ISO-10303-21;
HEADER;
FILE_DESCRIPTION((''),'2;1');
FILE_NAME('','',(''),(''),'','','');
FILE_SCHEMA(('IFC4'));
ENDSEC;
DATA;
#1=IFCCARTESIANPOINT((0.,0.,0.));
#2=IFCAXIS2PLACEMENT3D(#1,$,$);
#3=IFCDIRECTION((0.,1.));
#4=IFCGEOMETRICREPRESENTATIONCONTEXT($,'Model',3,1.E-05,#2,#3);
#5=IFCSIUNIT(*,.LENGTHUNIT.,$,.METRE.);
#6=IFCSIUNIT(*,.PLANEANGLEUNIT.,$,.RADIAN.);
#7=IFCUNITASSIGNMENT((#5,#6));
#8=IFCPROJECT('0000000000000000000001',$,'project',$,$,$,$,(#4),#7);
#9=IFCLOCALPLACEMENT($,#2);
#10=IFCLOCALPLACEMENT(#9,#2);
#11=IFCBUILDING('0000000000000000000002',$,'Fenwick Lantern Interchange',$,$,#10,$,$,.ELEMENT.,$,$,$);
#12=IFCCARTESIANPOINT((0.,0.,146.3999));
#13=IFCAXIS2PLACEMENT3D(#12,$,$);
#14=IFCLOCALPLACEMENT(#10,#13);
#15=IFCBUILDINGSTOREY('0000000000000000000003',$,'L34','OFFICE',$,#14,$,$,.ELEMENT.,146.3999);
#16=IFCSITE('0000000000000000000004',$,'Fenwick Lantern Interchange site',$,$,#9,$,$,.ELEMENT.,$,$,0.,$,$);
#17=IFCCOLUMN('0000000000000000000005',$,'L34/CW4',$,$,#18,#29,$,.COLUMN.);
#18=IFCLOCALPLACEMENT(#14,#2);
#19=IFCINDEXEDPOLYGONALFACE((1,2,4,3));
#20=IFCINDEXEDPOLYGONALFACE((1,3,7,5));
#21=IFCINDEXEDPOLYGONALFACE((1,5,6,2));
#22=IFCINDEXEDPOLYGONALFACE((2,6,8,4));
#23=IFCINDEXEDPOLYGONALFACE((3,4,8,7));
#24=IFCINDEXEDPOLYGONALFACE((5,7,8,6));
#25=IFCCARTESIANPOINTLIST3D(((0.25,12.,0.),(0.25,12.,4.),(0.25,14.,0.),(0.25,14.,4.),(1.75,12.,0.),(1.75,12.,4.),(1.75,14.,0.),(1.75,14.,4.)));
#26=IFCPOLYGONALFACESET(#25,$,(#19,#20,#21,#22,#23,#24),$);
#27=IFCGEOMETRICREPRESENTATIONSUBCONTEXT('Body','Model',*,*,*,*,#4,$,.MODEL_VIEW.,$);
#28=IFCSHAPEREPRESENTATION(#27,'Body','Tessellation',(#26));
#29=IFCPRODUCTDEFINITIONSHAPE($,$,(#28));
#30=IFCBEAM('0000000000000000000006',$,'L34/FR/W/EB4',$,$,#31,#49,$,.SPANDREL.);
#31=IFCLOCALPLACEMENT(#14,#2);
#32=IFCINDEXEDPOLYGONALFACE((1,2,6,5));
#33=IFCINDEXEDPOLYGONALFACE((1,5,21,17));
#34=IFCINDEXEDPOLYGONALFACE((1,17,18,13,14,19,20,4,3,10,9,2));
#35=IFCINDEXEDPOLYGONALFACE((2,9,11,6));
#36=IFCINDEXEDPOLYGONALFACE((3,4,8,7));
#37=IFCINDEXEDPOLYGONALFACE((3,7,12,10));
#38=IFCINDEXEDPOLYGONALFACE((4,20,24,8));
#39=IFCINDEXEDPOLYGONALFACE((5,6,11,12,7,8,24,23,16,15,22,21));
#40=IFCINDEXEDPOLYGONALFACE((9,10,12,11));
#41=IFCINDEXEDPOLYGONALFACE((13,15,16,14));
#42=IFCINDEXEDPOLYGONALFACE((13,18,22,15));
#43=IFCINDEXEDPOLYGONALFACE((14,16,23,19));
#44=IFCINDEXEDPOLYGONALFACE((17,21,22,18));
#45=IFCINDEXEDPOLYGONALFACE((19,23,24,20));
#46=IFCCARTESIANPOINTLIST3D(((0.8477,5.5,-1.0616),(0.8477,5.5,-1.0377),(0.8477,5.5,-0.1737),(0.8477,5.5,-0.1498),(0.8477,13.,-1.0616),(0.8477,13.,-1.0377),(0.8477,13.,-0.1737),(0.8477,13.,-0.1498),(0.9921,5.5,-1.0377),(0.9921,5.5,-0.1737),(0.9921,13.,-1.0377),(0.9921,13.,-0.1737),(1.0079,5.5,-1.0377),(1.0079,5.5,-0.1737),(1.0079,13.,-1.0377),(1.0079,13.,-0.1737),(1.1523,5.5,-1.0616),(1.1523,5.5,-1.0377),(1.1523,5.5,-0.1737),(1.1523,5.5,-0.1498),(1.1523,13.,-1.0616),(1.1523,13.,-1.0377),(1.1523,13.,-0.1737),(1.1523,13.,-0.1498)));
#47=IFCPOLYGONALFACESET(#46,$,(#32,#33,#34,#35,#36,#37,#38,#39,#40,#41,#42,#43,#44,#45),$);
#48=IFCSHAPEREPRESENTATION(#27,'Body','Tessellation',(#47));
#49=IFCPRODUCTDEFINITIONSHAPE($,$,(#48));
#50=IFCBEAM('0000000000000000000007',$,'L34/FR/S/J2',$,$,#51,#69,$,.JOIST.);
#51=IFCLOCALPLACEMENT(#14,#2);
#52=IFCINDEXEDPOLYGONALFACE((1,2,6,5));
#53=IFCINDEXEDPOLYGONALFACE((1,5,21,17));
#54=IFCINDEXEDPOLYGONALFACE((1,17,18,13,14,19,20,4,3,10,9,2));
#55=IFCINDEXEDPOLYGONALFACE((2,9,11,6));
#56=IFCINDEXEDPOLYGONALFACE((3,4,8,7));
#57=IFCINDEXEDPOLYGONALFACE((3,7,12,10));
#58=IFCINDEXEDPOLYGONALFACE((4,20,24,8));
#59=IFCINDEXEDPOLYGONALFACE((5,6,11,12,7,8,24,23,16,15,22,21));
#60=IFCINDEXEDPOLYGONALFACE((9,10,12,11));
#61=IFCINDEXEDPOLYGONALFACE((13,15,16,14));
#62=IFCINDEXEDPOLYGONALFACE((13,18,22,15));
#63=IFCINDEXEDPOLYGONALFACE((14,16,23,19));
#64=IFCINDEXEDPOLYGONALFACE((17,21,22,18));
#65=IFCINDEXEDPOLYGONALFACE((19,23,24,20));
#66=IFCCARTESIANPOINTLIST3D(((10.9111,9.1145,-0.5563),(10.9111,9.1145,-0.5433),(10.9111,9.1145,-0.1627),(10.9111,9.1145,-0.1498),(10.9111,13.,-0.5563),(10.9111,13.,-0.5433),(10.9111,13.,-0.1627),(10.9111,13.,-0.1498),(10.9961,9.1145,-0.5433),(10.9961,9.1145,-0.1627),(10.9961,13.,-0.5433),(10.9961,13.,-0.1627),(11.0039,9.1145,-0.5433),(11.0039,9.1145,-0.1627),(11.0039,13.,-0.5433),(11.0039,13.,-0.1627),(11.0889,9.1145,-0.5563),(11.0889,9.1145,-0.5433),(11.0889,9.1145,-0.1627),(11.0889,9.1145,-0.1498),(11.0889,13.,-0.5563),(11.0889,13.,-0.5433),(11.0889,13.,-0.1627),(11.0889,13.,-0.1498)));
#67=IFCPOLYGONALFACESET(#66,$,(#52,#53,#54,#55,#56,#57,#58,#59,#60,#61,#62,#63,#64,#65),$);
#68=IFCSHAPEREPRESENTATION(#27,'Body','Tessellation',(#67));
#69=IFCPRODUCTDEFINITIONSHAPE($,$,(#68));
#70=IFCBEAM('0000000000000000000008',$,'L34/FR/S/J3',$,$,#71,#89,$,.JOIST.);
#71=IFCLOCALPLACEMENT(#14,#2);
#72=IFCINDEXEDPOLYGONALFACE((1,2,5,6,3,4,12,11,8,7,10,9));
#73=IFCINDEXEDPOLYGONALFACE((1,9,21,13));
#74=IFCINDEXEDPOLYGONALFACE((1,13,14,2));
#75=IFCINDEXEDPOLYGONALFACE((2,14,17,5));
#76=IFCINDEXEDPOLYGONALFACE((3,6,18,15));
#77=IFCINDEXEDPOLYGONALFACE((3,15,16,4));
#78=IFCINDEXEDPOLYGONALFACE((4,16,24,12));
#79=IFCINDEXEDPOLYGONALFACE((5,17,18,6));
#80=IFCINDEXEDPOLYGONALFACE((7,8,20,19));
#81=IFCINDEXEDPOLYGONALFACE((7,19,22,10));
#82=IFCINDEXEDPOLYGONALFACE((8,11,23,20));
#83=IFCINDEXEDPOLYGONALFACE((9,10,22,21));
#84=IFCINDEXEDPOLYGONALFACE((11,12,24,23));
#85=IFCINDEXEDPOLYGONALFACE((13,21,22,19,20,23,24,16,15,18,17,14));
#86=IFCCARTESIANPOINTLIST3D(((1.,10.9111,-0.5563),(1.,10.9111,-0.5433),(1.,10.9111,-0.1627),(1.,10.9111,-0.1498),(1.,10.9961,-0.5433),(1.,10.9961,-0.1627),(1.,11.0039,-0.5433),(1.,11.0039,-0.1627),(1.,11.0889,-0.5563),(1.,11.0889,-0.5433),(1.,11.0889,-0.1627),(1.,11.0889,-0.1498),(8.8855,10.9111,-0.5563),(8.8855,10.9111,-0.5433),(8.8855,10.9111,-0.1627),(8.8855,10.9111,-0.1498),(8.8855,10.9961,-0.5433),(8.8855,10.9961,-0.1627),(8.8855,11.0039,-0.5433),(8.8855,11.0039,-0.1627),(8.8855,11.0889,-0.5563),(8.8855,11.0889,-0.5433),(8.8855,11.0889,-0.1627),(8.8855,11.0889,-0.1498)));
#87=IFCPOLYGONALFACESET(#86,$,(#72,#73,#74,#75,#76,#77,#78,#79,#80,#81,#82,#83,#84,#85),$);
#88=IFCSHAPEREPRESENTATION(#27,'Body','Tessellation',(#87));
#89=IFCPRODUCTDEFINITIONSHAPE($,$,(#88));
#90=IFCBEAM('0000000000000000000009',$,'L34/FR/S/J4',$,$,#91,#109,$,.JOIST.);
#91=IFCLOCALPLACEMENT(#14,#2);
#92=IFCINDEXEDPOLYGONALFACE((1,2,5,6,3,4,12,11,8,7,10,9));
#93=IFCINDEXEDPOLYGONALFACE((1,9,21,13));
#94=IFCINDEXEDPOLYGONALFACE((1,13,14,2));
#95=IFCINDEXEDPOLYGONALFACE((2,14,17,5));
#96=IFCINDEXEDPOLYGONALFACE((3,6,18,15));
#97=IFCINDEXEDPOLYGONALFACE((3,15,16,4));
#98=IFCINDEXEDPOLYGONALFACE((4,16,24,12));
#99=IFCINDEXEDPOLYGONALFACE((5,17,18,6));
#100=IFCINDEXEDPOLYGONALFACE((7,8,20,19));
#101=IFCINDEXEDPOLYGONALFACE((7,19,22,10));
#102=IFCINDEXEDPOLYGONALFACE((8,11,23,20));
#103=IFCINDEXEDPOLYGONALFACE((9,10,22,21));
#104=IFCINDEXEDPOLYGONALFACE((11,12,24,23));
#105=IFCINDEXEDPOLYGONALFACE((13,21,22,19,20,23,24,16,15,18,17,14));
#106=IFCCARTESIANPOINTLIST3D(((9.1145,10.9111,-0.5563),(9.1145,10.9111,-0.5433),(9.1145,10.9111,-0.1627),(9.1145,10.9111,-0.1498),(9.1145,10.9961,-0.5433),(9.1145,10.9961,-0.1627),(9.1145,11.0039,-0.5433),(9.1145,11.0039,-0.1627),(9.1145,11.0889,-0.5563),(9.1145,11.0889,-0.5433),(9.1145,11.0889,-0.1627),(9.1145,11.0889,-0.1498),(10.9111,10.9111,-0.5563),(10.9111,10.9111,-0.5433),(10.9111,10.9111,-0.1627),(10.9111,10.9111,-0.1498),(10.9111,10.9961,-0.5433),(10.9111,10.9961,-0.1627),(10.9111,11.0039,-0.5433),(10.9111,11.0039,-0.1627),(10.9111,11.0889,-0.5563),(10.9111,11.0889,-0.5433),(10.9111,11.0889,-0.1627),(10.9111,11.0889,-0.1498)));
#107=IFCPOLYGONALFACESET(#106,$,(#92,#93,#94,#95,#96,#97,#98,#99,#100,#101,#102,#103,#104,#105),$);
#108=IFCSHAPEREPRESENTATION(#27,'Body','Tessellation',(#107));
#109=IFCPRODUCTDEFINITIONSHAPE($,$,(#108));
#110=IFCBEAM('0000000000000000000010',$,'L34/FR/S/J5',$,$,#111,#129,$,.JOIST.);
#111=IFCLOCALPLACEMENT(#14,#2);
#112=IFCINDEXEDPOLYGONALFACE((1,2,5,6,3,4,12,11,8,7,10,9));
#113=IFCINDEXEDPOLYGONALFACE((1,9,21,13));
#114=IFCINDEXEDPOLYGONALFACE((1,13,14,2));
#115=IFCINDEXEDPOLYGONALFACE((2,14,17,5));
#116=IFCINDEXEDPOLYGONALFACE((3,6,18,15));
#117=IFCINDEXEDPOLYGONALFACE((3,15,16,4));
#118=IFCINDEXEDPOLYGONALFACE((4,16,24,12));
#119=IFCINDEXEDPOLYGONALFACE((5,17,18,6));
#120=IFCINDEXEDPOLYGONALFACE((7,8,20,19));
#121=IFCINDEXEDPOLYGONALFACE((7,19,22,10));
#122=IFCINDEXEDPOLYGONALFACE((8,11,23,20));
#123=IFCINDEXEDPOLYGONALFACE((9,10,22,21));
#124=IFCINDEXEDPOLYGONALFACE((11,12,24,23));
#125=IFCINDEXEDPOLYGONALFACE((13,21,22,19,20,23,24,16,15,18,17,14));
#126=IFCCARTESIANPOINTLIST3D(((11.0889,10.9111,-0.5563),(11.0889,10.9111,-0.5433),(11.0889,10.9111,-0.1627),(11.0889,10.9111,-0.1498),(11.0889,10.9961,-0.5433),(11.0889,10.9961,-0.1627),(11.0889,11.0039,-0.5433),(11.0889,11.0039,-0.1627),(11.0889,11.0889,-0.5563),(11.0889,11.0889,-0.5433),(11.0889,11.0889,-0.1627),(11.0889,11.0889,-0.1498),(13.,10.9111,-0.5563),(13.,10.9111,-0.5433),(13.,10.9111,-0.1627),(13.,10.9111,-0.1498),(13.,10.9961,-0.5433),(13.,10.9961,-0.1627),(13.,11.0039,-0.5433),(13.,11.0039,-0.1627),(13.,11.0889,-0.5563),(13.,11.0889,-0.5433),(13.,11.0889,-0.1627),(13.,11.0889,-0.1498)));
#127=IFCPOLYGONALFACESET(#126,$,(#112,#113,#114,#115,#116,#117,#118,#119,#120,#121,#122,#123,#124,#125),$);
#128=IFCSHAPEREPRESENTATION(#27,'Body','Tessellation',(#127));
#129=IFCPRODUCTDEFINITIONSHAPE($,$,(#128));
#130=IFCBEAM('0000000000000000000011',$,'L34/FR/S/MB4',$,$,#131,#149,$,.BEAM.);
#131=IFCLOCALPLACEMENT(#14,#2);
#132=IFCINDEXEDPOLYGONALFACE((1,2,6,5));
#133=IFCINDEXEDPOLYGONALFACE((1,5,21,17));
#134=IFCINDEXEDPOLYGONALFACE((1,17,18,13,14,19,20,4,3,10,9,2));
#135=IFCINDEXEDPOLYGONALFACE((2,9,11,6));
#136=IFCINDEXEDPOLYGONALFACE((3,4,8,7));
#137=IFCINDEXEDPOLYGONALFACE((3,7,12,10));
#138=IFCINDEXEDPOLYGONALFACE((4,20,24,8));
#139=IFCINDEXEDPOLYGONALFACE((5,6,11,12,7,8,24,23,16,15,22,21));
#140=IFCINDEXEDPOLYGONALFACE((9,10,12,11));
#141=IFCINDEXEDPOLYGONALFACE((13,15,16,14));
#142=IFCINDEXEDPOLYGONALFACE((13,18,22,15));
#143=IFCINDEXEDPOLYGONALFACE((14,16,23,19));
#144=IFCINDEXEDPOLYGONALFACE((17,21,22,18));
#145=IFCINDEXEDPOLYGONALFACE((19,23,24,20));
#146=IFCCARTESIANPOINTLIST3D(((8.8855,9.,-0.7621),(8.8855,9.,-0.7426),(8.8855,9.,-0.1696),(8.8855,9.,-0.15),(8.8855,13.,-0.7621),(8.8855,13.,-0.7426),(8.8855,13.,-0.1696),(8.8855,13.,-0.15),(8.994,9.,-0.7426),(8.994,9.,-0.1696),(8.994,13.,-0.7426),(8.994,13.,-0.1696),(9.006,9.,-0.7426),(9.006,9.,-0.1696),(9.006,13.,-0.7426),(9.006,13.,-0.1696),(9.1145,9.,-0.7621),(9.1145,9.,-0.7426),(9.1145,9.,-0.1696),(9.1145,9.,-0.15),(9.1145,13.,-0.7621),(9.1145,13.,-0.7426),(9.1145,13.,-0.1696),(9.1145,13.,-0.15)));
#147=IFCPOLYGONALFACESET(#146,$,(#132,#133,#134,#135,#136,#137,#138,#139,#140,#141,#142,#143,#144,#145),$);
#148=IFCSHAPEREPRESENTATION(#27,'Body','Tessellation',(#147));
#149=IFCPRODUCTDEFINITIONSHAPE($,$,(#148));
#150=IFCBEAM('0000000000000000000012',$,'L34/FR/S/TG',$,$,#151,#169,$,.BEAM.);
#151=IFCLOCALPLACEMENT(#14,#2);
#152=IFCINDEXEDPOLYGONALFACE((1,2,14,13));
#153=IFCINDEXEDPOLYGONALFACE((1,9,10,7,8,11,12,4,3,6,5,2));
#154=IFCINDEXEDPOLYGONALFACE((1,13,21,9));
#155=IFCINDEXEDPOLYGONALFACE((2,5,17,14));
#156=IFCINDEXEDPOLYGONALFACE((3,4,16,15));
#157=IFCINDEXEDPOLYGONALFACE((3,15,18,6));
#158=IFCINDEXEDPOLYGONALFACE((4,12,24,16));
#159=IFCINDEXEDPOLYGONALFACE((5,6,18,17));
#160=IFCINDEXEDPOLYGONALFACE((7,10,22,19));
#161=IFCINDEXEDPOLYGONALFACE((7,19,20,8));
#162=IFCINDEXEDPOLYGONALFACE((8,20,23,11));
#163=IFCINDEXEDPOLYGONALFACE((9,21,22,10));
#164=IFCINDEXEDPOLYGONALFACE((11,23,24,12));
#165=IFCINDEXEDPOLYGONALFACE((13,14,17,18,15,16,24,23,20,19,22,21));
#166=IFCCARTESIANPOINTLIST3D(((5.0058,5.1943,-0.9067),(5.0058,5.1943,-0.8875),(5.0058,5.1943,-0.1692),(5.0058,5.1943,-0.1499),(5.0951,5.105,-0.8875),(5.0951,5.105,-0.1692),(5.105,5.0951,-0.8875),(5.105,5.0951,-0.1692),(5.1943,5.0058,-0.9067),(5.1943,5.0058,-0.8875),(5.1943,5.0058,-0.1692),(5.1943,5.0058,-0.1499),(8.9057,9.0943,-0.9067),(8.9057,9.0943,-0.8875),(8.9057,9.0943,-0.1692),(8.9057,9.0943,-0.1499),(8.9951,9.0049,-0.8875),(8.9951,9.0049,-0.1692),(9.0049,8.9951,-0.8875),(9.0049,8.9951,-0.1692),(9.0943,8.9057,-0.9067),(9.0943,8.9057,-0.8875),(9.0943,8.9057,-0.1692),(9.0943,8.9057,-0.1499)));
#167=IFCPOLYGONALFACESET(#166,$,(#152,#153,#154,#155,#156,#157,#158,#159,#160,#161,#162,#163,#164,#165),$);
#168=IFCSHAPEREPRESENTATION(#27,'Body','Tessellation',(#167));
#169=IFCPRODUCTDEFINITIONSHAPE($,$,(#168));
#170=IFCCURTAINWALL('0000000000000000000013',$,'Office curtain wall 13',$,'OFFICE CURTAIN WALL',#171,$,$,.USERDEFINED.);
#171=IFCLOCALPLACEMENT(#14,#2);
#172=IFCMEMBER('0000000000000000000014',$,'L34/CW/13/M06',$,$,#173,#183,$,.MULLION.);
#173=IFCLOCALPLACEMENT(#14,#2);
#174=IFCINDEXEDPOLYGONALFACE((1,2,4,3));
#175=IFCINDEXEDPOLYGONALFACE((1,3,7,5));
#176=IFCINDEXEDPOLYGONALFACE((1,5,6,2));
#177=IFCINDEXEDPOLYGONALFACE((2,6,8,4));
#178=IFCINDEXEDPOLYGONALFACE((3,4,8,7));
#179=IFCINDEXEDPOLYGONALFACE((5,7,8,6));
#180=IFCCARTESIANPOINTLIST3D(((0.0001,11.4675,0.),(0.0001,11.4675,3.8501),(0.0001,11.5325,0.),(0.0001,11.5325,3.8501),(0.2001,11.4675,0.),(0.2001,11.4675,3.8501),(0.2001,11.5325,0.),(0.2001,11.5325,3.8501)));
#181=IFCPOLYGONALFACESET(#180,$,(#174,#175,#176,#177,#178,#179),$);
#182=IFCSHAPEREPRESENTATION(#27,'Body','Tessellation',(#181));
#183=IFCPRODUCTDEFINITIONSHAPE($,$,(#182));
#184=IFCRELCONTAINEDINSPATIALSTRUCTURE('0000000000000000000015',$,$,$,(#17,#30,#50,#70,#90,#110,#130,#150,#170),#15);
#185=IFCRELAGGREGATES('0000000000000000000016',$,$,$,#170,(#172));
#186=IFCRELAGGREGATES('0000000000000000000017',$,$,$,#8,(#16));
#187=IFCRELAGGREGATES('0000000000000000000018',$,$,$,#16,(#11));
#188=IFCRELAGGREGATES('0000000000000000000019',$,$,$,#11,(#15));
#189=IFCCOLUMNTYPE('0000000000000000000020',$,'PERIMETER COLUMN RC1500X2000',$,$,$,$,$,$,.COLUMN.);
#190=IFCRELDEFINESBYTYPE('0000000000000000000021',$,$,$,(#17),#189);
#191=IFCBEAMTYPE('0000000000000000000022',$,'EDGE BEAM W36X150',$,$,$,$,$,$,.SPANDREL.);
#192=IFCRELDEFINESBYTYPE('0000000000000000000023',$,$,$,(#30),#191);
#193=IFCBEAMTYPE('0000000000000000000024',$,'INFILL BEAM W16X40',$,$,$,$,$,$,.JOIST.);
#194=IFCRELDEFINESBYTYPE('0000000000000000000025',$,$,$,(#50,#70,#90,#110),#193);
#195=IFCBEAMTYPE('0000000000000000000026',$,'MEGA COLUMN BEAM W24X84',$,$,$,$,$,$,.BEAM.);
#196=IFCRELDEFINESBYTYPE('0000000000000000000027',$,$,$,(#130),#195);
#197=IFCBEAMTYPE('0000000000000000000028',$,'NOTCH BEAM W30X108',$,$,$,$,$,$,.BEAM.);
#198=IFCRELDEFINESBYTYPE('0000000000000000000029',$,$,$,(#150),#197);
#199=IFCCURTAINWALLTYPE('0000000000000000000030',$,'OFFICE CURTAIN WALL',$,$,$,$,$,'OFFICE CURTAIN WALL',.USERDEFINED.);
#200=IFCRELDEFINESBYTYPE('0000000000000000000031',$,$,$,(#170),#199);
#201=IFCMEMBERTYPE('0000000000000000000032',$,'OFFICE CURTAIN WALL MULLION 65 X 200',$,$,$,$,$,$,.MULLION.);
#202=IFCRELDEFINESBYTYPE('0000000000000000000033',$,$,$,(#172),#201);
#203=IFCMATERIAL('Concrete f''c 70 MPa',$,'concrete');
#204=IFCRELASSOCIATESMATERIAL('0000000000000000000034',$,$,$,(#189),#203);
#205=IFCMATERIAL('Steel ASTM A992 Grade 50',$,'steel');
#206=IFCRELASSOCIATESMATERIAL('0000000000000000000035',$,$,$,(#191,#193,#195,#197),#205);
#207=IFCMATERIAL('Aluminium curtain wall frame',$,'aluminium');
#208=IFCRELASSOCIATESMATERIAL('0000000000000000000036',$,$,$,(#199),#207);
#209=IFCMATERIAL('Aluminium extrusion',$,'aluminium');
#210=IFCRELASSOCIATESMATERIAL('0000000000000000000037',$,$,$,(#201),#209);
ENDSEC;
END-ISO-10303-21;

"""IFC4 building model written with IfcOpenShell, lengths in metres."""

from ifc_helpers import new_model, si_unit, direction, frame, origin, origin_2d, place, context, subcontext, project, spatial, rectangle, i_section, extrude, material, material_profile, profile_set, type_object, element, aggregate, save


model = new_model("IFC4")

# Units and contexts
model_context = context("Model", 3, precision=1e-05, world=origin(), true_north=direction((0.0, 1.0)))
body_context = subcontext(model_context, "Body", "Model", "MODEL_VIEW")
ifc_project = project(units=[si_unit("LENGTHUNIT", "METRE"), si_unit("PLANEANGLEUNIT", "RADIAN")], contexts=[model_context])

# Site, building, storey
site_placement = place(None, origin())
site = spatial("IfcSite", under=ifc_project, at=site_placement, Name="Fenwick Lantern Interchange site", CompositionType="ELEMENT", RefElevation=0.0)
building_placement = place(site_placement, origin())
building = spatial("IfcBuilding", under=site, at=building_placement, Name="Fenwick Lantern Interchange", CompositionType="ELEMENT")
storey_placement = place(building_placement, frame((0.0, 0.0, 146.3999)))
storey = spatial("IfcBuildingStorey", under=building, at=storey_placement, Name="L34", Description="OFFICE", CompositionType="ELEMENT", Elevation=146.3999)

# Column
ifc_material_1 = material(Name="Concrete f'c 70 MPa", Category="concrete")
ifc_material_profile_1 = material_profile(ifc_material_1, rectangle(XDim=1.5, YDim=2.0, at=origin_2d()), Name="RC1500X2000")
ifc_profile_set_1 = profile_set([ifc_material_profile_1], Name="Concrete f'c 70 MPa")
column_type = type_object("IfcColumnType", Name="PERIMETER COLUMN RC1500X2000", PredefinedType="COLUMN", material=ifc_profile_set_1)
column_placement = place(storey_placement, frame((1.0, 13.0, 0.0), z_axis=(0.0, 0.0, 1.0), x_axis=(1.0, 0.0, 0.0)))
element("IfcColumn", 1, at=column_placement, inside=storey, type_object=column_type, Name="L34/CW4", PredefinedType="COLUMN", context=body_context, shape_type="SweptSolid", body=[
    extrude(rectangle(XDim=1.5, YDim=2.0, at=origin_2d()), origin(), (0.0, 0.0, 1.0), 4.0),
])

# Beams
ifc_material_2 = material(Name="Steel ASTM A992 Grade 50", Category="steel")
ifc_material_profile_2 = material_profile(ifc_material_2, i_section(OverallWidth=0.3047, OverallDepth=0.9119, WebThickness=0.0159, FlangeThickness=0.0239, at=origin_2d()), Name="W36X150")
ifc_profile_set_2 = profile_set([ifc_material_profile_2], Name="Steel ASTM A992 Grade 50")
beam_type_1 = type_object("IfcBeamType", Name="EDGE BEAM W36X150", PredefinedType="SPANDREL", material=ifc_profile_set_2)
beam_1_placement = place(storey_placement, frame((1.0, 13.0, -0.6057), z_axis=(0.0, -1.0, 0.0), x_axis=(1.0, 0.0, 0.0)))
element("IfcBeam", 2, at=beam_1_placement, inside=storey, type_object=beam_type_1, Name="L34/FR/W/EB4", PredefinedType="SPANDREL", context=body_context, shape_type="SweptSolid", body=[
    extrude(i_section(OverallWidth=0.3047, OverallDepth=0.9119, WebThickness=0.0159, FlangeThickness=0.0239, at=origin_2d()), origin(), (0.0, 0.0, 1.0), 7.5),
])
ifc_material_profile_3 = material_profile(ifc_material_2, i_section(OverallWidth=0.1777, OverallDepth=0.4065, WebThickness=0.0078, FlangeThickness=0.0129, at=origin_2d()), Name="W16X40")
ifc_profile_set_3 = profile_set([ifc_material_profile_3], Name="Steel ASTM A992 Grade 50")
beam_type_2 = type_object("IfcBeamType", Name="INFILL BEAM W16X40", PredefinedType="JOIST", material=ifc_profile_set_3)
beam_2_placement = place(storey_placement, frame((11.0, 9.1145, -0.353), z_axis=(0.0, 1.0, 0.0), x_axis=(-1.0, 0.0, 0.0)))
element("IfcBeam", 3, at=beam_2_placement, inside=storey, type_object=beam_type_2, Name="L34/FR/S/J2", PredefinedType="JOIST", context=body_context, shape_type="SweptSolid", body=[
    extrude(i_section(OverallWidth=0.1777, OverallDepth=0.4065, WebThickness=0.0078, FlangeThickness=0.0129, at=origin_2d()), origin(), (0.0, 0.0, 1.0), 3.8855),
])
beam_3_placement = place(storey_placement, frame((1.0, 11.0, -0.353), z_axis=(1.0, 0.0, 0.0), x_axis=(0.0, 1.0, 0.0)))
element("IfcBeam", 4, at=beam_3_placement, inside=storey, type_object=beam_type_2, Name="L34/FR/S/J3", PredefinedType="JOIST", context=body_context, shape_type="SweptSolid", body=[
    extrude(i_section(OverallWidth=0.1777, OverallDepth=0.4065, WebThickness=0.0078, FlangeThickness=0.0129, at=origin_2d()), origin(), (0.0, 0.0, 1.0), 7.8855),
])
beam_4_placement = place(storey_placement, frame((9.1145, 11.0, -0.353), z_axis=(1.0, 0.0, 0.0), x_axis=(0.0, 1.0, 0.0)))
element("IfcBeam", 5, at=beam_4_placement, inside=storey, type_object=beam_type_2, Name="L34/FR/S/J4", PredefinedType="JOIST", context=body_context, shape_type="SweptSolid", body=[
    extrude(i_section(OverallWidth=0.1777, OverallDepth=0.4065, WebThickness=0.0078, FlangeThickness=0.0129, at=origin_2d()), origin(), (0.0, 0.0, 1.0), 1.7966),
])
beam_5_placement = place(storey_placement, frame((11.0889, 11.0, -0.353), z_axis=(1.0, 0.0, 0.0), x_axis=(0.0, 1.0, 0.0)))
element("IfcBeam", 6, at=beam_5_placement, inside=storey, type_object=beam_type_2, Name="L34/FR/S/J5", PredefinedType="JOIST", context=body_context, shape_type="SweptSolid", body=[
    extrude(i_section(OverallWidth=0.1777, OverallDepth=0.4065, WebThickness=0.0078, FlangeThickness=0.0129, at=origin_2d()), origin(), (0.0, 0.0, 1.0), 1.9111),
])
ifc_material_profile_4 = material_profile(ifc_material_2, i_section(OverallWidth=0.229, OverallDepth=0.6121, WebThickness=0.012, FlangeThickness=0.0195, at=origin_2d()), Name="W24X84")
ifc_profile_set_4 = profile_set([ifc_material_profile_4], Name="Steel ASTM A992 Grade 50")
beam_type_3 = type_object("IfcBeamType", Name="MEGA COLUMN BEAM W24X84", PredefinedType="BEAM", material=ifc_profile_set_4)
beam_6_placement = place(storey_placement, frame((9.0, 9.0, -0.4561), z_axis=(0.0, 1.0, 0.0), x_axis=(-1.0, 0.0, 0.0)))
element("IfcBeam", 7, at=beam_6_placement, inside=storey, type_object=beam_type_3, Name="L34/FR/S/MB4", PredefinedType="BEAM", context=body_context, shape_type="SweptSolid", body=[
    extrude(i_section(OverallWidth=0.229, OverallDepth=0.6121, WebThickness=0.012, FlangeThickness=0.0195, at=origin_2d()), origin(), (0.0, 0.0, 1.0), 4.0),
])
ifc_material_profile_5 = material_profile(ifc_material_2, i_section(OverallWidth=0.2666, OverallDepth=0.7568, WebThickness=0.0139, FlangeThickness=0.0193, at=origin_2d()), Name="W30X108")
ifc_profile_set_5 = profile_set([ifc_material_profile_5], Name="Steel ASTM A992 Grade 50")
beam_type_4 = type_object("IfcBeamType", Name="NOTCH BEAM W30X108", PredefinedType="BEAM", material=ifc_profile_set_5)
beam_7_placement = place(storey_placement, frame((9.0, 9.0, -0.5283), z_axis=(-0.707107, -0.707107, 0.0), x_axis=(0.707107, -0.707107, 0.0)))
element("IfcBeam", 8, at=beam_7_placement, inside=storey, type_object=beam_type_4, Name="L34/FR/S/TG", PredefinedType="BEAM", context=body_context, shape_type="SweptSolid", body=[
    extrude(i_section(OverallWidth=0.2666, OverallDepth=0.7568, WebThickness=0.0139, FlangeThickness=0.0193, at=origin_2d()), origin(), (0.0, 0.0, 1.0), 5.5154),
])

# Curtain wall, member
ifc_material_3 = material(Name="Aluminium curtain wall frame", Category="aluminium")
curtain_wall_type = type_object("IfcCurtainWallType", Name="OFFICE CURTAIN WALL", ElementType="OFFICE CURTAIN WALL", PredefinedType="USERDEFINED", material=ifc_material_3)
curtain_wall_placement = place(storey_placement, origin())
curtain_wall = element("IfcCurtainWall", 9, at=curtain_wall_placement, inside=storey, type_object=curtain_wall_type, Name="Office curtain wall 13", ObjectType="OFFICE CURTAIN WALL", PredefinedType="USERDEFINED")
ifc_material_4 = material(Name="Aluminium extrusion", Category="aluminium")
ifc_material_profile_6 = material_profile(ifc_material_4, rectangle(XDim=0.2, YDim=0.0649, at=origin_2d()), Name="OFFICE CURTAIN WALL MULLION 65 X 200")
ifc_profile_set_6 = profile_set([ifc_material_profile_6], Name="Aluminium extrusion")
member_type_1 = type_object("IfcMemberType", Name="OFFICE CURTAIN WALL MULLION 65 X 200", PredefinedType="MULLION", material=ifc_profile_set_6)
member_1_placement = place(storey_placement, frame((0.1001, 11.5, 0.0), z_axis=(0.0, 0.0, 1.0), x_axis=(1.0, 0.0, 0.0)))
member_1 = element("IfcMember", 10, at=member_1_placement, type_object=member_type_1, Name="L34/CW/13/M06", PredefinedType="MULLION", context=body_context, shape_type="SweptSolid", body=[
    extrude(rectangle(XDim=0.2, YDim=0.0649, at=origin_2d()), origin(), (0.0, 0.0, 1.0), 3.8501),
])
aggregate(curtain_wall, [member_1])

save(model, "model.ifc")
